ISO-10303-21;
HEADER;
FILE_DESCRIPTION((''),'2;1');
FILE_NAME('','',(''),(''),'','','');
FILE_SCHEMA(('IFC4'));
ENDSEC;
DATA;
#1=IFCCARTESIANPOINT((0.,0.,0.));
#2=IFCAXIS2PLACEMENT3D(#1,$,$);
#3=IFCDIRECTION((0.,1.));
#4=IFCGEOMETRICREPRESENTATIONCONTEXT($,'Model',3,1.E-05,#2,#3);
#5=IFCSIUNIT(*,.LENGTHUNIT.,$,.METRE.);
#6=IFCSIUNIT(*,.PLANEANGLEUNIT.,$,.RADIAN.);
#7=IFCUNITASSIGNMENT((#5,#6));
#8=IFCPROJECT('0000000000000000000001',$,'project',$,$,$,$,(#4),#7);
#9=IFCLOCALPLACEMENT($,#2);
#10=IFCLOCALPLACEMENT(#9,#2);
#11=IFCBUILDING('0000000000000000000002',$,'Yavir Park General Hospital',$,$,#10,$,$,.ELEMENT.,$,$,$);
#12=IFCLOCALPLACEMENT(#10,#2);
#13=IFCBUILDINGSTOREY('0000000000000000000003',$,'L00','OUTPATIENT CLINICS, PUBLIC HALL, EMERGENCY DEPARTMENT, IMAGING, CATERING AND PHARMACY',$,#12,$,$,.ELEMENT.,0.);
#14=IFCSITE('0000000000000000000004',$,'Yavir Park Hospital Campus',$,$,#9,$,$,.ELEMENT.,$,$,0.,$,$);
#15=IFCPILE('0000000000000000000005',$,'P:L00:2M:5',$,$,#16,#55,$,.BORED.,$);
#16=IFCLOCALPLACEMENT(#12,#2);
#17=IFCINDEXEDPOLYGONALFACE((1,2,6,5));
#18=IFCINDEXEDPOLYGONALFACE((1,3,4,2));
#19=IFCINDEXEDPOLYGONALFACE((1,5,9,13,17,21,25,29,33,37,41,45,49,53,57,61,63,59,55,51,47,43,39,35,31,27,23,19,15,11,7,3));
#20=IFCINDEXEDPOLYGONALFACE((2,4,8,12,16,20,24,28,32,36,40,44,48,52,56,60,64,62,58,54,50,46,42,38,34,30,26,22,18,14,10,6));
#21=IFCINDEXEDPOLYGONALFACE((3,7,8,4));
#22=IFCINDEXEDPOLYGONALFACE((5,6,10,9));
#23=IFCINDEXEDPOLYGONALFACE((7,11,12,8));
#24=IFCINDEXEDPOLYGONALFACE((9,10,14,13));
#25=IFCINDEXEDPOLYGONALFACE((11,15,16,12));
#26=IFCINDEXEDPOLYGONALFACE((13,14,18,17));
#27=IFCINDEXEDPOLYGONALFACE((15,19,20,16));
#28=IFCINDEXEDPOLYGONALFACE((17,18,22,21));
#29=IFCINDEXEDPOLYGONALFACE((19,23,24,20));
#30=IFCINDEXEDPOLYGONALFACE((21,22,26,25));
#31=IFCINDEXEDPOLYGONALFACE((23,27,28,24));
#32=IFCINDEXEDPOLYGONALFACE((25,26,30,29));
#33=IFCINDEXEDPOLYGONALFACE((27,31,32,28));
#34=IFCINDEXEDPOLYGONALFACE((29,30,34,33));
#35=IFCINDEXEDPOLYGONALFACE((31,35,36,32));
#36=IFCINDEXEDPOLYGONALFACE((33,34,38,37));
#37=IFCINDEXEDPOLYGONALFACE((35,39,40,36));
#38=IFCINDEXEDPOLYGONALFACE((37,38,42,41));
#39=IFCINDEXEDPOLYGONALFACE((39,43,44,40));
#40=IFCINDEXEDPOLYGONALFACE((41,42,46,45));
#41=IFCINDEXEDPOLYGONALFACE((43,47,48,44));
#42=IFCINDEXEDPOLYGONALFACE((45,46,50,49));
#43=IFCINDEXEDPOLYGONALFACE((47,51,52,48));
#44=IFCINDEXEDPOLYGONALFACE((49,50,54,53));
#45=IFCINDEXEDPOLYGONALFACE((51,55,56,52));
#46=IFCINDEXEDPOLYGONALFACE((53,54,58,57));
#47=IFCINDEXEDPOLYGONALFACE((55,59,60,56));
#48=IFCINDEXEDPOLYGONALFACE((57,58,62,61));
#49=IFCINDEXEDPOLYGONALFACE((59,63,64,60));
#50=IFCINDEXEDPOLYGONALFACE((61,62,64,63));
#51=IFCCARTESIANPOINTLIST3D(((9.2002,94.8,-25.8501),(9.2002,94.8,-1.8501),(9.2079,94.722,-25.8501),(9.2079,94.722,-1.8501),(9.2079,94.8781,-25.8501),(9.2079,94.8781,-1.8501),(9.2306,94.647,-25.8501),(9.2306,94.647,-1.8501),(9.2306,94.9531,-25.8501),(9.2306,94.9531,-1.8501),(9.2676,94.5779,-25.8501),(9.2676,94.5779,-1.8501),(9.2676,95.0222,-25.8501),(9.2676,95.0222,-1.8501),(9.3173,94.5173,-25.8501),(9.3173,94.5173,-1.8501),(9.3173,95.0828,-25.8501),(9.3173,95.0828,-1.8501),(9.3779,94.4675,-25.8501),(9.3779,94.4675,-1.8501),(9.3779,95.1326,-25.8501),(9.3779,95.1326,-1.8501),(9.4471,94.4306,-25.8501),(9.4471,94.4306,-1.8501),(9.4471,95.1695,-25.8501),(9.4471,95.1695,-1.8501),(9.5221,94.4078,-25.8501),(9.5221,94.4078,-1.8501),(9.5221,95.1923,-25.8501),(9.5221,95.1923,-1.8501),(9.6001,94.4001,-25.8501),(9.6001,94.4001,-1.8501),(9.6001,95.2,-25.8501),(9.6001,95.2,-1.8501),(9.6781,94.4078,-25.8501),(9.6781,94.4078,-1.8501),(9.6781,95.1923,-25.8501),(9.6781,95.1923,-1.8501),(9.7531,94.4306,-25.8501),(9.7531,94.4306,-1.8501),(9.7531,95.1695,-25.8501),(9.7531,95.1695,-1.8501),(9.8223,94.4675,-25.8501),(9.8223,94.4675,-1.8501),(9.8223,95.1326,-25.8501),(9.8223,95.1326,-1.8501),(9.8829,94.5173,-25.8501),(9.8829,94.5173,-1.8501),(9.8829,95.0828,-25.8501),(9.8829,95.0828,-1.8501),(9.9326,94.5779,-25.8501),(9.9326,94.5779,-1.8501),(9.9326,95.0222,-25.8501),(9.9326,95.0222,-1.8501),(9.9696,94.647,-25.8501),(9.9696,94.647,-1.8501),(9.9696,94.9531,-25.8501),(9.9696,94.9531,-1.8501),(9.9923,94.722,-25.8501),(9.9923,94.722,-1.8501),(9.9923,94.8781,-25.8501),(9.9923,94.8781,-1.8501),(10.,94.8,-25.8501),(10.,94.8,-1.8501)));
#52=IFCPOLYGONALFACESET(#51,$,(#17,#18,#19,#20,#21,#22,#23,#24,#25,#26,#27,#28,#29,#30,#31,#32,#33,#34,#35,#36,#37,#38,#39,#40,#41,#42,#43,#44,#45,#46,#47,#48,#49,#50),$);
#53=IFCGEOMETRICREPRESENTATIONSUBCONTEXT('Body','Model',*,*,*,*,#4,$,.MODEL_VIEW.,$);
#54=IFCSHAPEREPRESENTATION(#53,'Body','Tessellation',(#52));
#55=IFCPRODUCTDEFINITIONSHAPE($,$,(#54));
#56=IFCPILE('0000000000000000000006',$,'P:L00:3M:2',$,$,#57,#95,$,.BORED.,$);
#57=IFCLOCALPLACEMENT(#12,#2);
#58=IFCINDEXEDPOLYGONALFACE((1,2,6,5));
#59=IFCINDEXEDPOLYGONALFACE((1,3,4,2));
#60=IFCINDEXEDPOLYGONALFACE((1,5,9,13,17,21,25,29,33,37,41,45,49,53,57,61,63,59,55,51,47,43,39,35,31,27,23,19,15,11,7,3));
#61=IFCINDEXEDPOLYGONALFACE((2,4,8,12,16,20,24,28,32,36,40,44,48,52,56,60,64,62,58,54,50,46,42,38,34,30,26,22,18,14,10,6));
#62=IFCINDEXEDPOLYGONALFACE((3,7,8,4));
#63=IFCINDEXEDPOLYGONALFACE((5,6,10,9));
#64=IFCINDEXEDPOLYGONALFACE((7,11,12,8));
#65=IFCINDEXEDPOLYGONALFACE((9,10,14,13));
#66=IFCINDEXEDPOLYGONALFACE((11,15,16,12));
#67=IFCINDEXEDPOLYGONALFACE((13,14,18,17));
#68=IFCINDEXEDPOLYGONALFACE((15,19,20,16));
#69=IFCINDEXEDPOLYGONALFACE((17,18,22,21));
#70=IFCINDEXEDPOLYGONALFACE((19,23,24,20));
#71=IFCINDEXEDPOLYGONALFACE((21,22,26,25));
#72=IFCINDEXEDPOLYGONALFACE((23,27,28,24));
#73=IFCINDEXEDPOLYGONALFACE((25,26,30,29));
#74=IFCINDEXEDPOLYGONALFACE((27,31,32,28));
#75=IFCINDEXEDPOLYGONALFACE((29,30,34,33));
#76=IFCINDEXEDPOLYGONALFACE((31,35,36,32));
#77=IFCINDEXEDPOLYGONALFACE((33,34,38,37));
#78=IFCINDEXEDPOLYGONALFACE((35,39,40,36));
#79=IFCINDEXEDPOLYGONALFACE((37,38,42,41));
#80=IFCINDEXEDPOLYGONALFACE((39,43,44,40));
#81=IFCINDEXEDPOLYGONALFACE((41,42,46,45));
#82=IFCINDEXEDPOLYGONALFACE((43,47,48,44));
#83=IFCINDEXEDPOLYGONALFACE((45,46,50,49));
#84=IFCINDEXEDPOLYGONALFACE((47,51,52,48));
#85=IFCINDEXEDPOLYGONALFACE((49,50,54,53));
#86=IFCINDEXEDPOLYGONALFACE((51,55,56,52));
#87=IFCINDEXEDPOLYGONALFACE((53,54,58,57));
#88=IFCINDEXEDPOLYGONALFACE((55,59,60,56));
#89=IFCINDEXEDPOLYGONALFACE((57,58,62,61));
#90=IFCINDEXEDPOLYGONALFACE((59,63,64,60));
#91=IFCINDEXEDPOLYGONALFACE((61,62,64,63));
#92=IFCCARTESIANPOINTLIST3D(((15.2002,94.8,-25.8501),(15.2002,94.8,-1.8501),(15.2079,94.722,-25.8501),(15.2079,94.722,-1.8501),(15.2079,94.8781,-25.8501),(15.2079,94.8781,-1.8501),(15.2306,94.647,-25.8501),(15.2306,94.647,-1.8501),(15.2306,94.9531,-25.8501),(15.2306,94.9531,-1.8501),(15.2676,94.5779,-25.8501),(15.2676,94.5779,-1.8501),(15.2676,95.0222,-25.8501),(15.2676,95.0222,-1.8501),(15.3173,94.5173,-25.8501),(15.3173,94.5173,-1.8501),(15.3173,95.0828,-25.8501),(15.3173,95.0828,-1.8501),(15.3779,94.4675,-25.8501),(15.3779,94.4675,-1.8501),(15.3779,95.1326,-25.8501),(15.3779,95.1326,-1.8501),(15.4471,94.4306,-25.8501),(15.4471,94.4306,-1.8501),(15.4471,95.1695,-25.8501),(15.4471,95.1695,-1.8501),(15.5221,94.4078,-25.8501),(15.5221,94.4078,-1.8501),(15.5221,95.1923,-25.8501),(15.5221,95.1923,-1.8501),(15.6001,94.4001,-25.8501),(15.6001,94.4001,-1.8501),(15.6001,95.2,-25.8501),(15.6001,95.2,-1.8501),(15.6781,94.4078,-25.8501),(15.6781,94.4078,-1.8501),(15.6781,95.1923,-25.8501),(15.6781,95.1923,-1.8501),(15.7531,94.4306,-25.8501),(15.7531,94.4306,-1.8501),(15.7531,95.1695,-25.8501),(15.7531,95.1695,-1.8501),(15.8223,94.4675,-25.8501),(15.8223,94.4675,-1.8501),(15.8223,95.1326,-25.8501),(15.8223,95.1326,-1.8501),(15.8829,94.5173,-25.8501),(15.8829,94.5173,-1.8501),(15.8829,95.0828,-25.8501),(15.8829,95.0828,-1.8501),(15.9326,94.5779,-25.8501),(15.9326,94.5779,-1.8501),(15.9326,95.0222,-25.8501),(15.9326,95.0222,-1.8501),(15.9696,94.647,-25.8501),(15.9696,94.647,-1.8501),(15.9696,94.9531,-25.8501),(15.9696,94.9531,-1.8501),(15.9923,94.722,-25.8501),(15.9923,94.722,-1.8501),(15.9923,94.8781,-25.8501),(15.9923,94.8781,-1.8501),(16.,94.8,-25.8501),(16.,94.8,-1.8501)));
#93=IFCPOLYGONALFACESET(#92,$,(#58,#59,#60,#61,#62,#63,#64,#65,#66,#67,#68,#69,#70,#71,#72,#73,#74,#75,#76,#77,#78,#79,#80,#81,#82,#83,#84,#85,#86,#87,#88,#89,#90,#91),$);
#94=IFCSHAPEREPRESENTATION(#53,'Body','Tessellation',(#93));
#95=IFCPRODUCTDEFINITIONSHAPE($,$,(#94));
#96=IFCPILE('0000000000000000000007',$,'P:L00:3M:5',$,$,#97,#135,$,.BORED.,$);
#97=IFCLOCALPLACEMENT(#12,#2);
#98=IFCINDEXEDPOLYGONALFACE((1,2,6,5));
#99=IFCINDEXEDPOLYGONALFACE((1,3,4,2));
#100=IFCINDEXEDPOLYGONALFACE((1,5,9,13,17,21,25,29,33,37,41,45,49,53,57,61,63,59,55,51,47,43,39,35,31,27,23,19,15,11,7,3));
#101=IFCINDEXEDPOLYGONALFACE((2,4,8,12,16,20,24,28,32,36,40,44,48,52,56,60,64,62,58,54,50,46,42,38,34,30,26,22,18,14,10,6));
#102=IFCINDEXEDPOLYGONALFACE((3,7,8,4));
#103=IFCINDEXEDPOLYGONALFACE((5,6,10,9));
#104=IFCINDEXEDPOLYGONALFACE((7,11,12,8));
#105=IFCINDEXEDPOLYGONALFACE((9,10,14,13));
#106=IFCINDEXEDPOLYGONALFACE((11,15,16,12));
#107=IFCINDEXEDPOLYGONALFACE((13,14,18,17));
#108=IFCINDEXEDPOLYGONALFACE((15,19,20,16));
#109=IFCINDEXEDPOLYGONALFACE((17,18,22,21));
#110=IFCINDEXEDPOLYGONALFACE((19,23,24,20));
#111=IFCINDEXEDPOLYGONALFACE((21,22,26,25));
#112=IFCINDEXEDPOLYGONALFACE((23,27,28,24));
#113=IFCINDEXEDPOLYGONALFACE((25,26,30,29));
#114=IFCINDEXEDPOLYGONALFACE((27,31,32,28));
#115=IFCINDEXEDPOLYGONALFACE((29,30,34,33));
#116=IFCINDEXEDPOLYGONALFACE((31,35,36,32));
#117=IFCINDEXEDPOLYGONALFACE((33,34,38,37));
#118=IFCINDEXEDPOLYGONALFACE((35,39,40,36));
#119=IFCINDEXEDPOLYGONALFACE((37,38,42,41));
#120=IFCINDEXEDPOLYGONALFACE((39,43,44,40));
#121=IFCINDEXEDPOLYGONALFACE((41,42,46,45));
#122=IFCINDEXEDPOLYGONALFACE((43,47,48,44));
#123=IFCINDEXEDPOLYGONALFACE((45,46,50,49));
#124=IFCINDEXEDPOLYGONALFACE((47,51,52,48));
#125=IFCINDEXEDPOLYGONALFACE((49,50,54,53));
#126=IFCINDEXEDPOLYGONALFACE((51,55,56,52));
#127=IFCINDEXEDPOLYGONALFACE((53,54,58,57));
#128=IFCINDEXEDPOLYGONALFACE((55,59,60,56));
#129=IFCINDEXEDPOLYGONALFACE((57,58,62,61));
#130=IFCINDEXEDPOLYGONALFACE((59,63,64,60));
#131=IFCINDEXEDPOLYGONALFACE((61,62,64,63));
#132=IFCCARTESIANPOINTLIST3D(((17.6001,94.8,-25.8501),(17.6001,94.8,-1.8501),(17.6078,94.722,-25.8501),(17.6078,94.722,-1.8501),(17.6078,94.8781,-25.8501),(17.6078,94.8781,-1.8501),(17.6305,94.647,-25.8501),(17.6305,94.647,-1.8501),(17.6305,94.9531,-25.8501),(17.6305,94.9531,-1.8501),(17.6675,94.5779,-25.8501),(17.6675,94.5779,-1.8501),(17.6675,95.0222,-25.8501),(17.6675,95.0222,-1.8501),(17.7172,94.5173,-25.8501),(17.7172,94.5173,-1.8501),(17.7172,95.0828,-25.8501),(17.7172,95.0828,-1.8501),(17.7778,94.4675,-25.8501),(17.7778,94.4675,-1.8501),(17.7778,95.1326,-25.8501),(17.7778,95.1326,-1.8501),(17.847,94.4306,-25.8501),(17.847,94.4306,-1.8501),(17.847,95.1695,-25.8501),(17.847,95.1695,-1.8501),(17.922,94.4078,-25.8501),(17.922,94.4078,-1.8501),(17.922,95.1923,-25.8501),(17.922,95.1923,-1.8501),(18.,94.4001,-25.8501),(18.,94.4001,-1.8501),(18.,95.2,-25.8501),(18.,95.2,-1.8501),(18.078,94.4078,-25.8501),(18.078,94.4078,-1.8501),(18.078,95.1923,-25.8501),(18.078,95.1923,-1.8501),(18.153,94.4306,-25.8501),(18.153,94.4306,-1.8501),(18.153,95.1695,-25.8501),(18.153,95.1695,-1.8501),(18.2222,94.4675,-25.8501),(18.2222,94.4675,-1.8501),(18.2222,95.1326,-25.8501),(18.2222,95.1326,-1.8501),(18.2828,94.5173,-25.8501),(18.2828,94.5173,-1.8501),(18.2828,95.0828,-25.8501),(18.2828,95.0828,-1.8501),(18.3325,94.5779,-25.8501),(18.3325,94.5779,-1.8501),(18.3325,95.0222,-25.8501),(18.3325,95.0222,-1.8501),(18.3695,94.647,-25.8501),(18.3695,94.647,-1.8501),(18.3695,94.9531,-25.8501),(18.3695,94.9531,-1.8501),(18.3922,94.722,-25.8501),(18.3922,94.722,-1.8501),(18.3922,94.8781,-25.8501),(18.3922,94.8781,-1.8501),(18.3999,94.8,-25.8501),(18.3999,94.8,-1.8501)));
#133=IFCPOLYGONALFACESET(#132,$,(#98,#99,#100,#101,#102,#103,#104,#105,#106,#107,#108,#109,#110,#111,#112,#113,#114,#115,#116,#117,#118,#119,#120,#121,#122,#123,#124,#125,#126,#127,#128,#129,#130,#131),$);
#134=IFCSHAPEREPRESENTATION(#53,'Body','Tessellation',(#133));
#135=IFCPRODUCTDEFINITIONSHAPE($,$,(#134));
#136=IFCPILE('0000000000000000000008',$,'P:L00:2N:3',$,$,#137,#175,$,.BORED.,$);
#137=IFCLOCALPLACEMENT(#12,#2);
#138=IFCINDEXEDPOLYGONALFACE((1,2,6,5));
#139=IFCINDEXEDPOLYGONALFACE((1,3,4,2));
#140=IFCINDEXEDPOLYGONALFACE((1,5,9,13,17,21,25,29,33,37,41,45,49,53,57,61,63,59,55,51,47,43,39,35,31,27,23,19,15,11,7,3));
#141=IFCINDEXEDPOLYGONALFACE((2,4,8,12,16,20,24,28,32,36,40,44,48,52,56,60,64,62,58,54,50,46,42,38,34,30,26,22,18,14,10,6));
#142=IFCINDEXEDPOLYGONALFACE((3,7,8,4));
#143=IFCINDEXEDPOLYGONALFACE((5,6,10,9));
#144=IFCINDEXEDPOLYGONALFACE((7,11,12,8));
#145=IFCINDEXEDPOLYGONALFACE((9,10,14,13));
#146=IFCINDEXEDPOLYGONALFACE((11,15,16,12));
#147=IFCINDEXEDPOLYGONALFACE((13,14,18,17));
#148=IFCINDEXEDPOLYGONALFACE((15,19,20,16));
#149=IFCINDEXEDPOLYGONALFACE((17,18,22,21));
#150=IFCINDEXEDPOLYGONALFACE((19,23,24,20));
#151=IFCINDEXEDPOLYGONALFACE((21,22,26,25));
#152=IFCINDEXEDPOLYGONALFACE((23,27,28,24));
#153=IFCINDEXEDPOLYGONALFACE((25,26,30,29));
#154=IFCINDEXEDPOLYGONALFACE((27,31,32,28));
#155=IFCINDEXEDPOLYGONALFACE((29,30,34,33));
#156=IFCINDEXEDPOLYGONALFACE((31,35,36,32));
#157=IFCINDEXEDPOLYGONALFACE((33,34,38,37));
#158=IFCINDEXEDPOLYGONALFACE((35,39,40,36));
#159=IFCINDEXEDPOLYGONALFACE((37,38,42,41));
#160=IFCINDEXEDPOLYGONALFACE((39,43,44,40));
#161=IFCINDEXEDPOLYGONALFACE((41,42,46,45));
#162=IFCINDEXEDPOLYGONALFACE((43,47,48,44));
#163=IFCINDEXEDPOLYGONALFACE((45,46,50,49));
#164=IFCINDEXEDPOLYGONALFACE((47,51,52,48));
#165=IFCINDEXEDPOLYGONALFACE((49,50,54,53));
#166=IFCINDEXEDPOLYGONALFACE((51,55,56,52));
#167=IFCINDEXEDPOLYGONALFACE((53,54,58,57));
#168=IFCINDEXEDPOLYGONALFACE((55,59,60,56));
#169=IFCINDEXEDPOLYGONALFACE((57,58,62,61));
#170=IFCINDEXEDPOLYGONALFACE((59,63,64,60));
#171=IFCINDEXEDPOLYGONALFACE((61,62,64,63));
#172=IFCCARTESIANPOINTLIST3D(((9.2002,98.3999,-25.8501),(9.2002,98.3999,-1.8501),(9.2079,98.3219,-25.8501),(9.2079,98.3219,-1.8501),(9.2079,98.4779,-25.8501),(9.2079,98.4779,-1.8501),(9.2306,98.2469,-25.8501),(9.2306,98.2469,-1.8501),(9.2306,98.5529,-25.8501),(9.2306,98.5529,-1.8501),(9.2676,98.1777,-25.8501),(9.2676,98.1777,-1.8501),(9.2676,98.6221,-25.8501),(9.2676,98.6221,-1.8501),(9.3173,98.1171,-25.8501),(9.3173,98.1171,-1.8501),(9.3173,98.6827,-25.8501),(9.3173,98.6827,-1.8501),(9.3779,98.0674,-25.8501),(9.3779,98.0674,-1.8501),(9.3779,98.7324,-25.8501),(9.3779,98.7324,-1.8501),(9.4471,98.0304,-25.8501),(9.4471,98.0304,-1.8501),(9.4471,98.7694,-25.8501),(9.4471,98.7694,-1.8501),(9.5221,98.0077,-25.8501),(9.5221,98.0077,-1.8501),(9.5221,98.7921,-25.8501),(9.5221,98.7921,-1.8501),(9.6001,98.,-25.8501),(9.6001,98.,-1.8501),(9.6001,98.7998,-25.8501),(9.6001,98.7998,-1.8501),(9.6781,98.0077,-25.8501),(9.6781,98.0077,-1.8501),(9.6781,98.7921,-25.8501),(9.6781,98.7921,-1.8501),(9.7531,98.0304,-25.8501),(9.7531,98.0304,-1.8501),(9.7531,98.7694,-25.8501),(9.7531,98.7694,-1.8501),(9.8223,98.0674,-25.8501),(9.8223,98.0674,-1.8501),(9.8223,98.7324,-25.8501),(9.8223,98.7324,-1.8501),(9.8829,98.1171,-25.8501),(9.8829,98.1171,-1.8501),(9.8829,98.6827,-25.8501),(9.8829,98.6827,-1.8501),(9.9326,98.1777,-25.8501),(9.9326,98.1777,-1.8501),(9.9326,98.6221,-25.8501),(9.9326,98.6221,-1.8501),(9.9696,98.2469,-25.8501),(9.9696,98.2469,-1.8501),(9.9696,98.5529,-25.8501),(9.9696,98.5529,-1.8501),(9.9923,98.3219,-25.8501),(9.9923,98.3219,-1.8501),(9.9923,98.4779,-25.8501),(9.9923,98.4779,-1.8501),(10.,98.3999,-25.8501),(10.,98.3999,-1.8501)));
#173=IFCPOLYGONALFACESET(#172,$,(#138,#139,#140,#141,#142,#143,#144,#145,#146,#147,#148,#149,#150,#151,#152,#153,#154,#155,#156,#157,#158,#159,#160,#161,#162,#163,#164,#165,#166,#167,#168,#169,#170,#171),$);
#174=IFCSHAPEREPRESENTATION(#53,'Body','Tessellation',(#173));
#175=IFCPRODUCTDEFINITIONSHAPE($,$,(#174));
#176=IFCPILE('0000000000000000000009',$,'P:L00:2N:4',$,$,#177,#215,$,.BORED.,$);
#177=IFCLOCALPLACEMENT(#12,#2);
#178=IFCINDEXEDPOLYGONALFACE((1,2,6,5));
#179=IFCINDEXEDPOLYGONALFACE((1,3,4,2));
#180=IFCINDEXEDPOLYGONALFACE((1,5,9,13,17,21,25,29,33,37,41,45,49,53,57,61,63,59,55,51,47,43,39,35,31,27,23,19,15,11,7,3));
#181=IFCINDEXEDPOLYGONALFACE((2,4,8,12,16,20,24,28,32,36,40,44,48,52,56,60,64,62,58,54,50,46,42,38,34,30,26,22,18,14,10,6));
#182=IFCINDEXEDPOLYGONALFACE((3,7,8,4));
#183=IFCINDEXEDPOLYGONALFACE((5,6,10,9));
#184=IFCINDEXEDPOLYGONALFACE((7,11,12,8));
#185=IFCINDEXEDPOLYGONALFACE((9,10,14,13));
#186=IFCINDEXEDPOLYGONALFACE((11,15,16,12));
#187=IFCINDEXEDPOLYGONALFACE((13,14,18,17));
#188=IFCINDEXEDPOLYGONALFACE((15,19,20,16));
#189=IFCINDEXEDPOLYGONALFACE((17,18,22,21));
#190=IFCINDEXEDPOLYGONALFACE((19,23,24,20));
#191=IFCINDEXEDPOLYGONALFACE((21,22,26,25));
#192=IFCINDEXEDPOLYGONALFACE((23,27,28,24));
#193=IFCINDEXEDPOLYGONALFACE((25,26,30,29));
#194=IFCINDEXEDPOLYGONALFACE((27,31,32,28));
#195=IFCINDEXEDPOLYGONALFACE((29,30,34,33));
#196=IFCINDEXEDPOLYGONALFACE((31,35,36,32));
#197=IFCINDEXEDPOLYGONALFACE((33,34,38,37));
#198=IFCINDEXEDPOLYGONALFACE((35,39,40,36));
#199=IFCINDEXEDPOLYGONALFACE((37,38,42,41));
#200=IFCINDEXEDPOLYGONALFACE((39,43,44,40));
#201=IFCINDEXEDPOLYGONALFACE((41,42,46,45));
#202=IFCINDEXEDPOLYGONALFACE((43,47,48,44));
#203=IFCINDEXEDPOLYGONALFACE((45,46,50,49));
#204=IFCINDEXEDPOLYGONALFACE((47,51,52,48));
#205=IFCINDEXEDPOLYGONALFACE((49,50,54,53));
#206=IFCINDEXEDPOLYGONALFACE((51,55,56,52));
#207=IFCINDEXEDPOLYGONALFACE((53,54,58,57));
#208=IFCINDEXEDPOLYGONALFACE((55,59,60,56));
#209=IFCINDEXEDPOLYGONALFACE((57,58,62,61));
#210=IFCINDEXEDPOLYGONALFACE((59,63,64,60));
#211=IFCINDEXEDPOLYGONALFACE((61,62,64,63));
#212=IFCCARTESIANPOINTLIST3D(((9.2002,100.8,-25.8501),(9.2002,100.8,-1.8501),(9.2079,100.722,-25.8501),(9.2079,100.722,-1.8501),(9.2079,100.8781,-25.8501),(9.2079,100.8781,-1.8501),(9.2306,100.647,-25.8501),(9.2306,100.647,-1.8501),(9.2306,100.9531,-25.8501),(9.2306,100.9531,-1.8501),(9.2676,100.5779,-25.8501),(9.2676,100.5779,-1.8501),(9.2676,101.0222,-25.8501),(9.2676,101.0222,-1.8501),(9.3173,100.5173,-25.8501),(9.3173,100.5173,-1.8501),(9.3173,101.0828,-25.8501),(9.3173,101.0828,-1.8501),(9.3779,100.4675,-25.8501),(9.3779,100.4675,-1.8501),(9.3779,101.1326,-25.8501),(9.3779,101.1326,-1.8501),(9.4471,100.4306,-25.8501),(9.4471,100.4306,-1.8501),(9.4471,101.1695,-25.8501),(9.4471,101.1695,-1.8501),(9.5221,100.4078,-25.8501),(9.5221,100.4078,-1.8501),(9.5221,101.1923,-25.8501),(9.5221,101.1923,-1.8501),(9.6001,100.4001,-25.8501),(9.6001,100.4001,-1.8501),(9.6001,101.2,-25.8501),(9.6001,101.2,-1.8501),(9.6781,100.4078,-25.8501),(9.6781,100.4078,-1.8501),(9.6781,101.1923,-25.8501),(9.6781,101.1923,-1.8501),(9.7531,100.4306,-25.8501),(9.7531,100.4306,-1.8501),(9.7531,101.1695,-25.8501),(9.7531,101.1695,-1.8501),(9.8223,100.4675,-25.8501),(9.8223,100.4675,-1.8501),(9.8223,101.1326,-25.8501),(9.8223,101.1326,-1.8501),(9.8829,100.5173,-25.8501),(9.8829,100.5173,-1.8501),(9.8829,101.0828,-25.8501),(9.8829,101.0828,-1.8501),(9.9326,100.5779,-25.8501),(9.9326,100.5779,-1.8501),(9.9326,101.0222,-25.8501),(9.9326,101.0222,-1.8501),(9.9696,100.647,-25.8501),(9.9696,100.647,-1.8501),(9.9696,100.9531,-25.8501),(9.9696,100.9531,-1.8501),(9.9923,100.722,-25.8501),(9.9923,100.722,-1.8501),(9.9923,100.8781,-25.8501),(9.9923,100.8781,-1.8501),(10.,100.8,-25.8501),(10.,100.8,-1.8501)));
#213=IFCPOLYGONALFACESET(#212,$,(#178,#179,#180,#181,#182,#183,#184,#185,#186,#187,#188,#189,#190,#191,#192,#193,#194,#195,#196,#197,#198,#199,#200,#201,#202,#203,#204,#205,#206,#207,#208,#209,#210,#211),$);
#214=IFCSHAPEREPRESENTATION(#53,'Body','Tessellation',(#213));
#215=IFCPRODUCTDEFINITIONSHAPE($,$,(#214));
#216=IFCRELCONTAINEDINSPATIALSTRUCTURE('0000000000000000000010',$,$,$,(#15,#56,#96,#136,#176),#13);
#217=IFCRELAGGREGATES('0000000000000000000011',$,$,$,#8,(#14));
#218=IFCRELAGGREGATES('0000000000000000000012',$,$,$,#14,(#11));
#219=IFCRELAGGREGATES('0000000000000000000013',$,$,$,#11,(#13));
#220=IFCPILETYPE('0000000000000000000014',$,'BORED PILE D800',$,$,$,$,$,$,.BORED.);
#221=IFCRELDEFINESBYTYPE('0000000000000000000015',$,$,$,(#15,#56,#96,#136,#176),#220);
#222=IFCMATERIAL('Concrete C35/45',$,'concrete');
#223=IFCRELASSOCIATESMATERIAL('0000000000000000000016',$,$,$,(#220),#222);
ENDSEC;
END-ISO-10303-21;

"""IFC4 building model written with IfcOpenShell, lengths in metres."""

from ifc_helpers import new_model, si_unit, direction, frame, origin, origin_2d, place, context, subcontext, project, spatial, circle, extrude, material, material_profile, profile_set, type_object, element, save


model = new_model("IFC4")

# Units and contexts
model_context = context("Model", 3, precision=1e-05, world=origin(), true_north=direction((0.0, 1.0)))
body_context = subcontext(model_context, "Body", "Model", "MODEL_VIEW")
ifc_project = project(units=[si_unit("LENGTHUNIT", "METRE"), si_unit("PLANEANGLEUNIT", "RADIAN")], contexts=[model_context])

# Site, building, storey
site_placement = place(None, origin())
site = spatial("IfcSite", under=ifc_project, at=site_placement, Name="Yavir Park Hospital Campus", CompositionType="ELEMENT", RefElevation=0.0)
building_placement = place(site_placement, origin())
building = spatial("IfcBuilding", under=site, at=building_placement, Name="Yavir Park General Hospital", CompositionType="ELEMENT")
storey_placement = place(building_placement, origin())
storey = spatial("IfcBuildingStorey", under=building, at=storey_placement, Name="L00", Description="OUTPATIENT CLINICS, PUBLIC HALL, EMERGENCY DEPARTMENT, IMAGING, CATERING AND PHARMACY", CompositionType="ELEMENT", Elevation=0.0)

# Piles
ifc_material_1 = material(Name="Concrete C35/45", Category="concrete")
ifc_material_profile_1 = material_profile(ifc_material_1, circle(Radius=0.3999, at=origin_2d()), Name="D800")
ifc_profile_set_1 = profile_set([ifc_material_profile_1], Name="Concrete C35/45")
pile_type = type_object("IfcPileType", Name="BORED PILE D800", PredefinedType="BORED", material=ifc_profile_set_1)
for number, where, z_axis, x_axis, name in (
    (1, (9.6001, 94.8, -1.8501), (0.0, 0.0, -1.0), (1.0, 0.0, 0.0), "P:L00:2M:5"),
    (2, (15.6001, 94.8, -1.8501), (0.0, 0.0, -1.0), (1.0, 0.0, 0.0), "P:L00:3M:2"),
    (3, (18.0, 94.8, -1.8501), (0.0, 0.0, -1.0), (1.0, 0.0, 0.0), "P:L00:3M:5"),
    (4, (9.6001, 98.3999, -1.8501), (0.0, 0.0, -1.0), (1.0, 0.0, 0.0), "P:L00:2N:3"),
    (5, (9.6001, 100.8, -1.8501), (0.0, 0.0, -1.0), (1.0, 0.0, 0.0), "P:L00:2N:4"),
):
    element("IfcPile", number, at=place(storey_placement, frame(where, z_axis=z_axis, x_axis=x_axis)), inside=storey, type_object=pile_type, Name=name, PredefinedType="BORED", context=body_context, shape_type="SweptSolid", body=[
        extrude(circle(Radius=0.3999, at=origin_2d()), origin(), (0.0, 0.0, 1.0), 24.0),
    ])

save(model, "model.ifc")
